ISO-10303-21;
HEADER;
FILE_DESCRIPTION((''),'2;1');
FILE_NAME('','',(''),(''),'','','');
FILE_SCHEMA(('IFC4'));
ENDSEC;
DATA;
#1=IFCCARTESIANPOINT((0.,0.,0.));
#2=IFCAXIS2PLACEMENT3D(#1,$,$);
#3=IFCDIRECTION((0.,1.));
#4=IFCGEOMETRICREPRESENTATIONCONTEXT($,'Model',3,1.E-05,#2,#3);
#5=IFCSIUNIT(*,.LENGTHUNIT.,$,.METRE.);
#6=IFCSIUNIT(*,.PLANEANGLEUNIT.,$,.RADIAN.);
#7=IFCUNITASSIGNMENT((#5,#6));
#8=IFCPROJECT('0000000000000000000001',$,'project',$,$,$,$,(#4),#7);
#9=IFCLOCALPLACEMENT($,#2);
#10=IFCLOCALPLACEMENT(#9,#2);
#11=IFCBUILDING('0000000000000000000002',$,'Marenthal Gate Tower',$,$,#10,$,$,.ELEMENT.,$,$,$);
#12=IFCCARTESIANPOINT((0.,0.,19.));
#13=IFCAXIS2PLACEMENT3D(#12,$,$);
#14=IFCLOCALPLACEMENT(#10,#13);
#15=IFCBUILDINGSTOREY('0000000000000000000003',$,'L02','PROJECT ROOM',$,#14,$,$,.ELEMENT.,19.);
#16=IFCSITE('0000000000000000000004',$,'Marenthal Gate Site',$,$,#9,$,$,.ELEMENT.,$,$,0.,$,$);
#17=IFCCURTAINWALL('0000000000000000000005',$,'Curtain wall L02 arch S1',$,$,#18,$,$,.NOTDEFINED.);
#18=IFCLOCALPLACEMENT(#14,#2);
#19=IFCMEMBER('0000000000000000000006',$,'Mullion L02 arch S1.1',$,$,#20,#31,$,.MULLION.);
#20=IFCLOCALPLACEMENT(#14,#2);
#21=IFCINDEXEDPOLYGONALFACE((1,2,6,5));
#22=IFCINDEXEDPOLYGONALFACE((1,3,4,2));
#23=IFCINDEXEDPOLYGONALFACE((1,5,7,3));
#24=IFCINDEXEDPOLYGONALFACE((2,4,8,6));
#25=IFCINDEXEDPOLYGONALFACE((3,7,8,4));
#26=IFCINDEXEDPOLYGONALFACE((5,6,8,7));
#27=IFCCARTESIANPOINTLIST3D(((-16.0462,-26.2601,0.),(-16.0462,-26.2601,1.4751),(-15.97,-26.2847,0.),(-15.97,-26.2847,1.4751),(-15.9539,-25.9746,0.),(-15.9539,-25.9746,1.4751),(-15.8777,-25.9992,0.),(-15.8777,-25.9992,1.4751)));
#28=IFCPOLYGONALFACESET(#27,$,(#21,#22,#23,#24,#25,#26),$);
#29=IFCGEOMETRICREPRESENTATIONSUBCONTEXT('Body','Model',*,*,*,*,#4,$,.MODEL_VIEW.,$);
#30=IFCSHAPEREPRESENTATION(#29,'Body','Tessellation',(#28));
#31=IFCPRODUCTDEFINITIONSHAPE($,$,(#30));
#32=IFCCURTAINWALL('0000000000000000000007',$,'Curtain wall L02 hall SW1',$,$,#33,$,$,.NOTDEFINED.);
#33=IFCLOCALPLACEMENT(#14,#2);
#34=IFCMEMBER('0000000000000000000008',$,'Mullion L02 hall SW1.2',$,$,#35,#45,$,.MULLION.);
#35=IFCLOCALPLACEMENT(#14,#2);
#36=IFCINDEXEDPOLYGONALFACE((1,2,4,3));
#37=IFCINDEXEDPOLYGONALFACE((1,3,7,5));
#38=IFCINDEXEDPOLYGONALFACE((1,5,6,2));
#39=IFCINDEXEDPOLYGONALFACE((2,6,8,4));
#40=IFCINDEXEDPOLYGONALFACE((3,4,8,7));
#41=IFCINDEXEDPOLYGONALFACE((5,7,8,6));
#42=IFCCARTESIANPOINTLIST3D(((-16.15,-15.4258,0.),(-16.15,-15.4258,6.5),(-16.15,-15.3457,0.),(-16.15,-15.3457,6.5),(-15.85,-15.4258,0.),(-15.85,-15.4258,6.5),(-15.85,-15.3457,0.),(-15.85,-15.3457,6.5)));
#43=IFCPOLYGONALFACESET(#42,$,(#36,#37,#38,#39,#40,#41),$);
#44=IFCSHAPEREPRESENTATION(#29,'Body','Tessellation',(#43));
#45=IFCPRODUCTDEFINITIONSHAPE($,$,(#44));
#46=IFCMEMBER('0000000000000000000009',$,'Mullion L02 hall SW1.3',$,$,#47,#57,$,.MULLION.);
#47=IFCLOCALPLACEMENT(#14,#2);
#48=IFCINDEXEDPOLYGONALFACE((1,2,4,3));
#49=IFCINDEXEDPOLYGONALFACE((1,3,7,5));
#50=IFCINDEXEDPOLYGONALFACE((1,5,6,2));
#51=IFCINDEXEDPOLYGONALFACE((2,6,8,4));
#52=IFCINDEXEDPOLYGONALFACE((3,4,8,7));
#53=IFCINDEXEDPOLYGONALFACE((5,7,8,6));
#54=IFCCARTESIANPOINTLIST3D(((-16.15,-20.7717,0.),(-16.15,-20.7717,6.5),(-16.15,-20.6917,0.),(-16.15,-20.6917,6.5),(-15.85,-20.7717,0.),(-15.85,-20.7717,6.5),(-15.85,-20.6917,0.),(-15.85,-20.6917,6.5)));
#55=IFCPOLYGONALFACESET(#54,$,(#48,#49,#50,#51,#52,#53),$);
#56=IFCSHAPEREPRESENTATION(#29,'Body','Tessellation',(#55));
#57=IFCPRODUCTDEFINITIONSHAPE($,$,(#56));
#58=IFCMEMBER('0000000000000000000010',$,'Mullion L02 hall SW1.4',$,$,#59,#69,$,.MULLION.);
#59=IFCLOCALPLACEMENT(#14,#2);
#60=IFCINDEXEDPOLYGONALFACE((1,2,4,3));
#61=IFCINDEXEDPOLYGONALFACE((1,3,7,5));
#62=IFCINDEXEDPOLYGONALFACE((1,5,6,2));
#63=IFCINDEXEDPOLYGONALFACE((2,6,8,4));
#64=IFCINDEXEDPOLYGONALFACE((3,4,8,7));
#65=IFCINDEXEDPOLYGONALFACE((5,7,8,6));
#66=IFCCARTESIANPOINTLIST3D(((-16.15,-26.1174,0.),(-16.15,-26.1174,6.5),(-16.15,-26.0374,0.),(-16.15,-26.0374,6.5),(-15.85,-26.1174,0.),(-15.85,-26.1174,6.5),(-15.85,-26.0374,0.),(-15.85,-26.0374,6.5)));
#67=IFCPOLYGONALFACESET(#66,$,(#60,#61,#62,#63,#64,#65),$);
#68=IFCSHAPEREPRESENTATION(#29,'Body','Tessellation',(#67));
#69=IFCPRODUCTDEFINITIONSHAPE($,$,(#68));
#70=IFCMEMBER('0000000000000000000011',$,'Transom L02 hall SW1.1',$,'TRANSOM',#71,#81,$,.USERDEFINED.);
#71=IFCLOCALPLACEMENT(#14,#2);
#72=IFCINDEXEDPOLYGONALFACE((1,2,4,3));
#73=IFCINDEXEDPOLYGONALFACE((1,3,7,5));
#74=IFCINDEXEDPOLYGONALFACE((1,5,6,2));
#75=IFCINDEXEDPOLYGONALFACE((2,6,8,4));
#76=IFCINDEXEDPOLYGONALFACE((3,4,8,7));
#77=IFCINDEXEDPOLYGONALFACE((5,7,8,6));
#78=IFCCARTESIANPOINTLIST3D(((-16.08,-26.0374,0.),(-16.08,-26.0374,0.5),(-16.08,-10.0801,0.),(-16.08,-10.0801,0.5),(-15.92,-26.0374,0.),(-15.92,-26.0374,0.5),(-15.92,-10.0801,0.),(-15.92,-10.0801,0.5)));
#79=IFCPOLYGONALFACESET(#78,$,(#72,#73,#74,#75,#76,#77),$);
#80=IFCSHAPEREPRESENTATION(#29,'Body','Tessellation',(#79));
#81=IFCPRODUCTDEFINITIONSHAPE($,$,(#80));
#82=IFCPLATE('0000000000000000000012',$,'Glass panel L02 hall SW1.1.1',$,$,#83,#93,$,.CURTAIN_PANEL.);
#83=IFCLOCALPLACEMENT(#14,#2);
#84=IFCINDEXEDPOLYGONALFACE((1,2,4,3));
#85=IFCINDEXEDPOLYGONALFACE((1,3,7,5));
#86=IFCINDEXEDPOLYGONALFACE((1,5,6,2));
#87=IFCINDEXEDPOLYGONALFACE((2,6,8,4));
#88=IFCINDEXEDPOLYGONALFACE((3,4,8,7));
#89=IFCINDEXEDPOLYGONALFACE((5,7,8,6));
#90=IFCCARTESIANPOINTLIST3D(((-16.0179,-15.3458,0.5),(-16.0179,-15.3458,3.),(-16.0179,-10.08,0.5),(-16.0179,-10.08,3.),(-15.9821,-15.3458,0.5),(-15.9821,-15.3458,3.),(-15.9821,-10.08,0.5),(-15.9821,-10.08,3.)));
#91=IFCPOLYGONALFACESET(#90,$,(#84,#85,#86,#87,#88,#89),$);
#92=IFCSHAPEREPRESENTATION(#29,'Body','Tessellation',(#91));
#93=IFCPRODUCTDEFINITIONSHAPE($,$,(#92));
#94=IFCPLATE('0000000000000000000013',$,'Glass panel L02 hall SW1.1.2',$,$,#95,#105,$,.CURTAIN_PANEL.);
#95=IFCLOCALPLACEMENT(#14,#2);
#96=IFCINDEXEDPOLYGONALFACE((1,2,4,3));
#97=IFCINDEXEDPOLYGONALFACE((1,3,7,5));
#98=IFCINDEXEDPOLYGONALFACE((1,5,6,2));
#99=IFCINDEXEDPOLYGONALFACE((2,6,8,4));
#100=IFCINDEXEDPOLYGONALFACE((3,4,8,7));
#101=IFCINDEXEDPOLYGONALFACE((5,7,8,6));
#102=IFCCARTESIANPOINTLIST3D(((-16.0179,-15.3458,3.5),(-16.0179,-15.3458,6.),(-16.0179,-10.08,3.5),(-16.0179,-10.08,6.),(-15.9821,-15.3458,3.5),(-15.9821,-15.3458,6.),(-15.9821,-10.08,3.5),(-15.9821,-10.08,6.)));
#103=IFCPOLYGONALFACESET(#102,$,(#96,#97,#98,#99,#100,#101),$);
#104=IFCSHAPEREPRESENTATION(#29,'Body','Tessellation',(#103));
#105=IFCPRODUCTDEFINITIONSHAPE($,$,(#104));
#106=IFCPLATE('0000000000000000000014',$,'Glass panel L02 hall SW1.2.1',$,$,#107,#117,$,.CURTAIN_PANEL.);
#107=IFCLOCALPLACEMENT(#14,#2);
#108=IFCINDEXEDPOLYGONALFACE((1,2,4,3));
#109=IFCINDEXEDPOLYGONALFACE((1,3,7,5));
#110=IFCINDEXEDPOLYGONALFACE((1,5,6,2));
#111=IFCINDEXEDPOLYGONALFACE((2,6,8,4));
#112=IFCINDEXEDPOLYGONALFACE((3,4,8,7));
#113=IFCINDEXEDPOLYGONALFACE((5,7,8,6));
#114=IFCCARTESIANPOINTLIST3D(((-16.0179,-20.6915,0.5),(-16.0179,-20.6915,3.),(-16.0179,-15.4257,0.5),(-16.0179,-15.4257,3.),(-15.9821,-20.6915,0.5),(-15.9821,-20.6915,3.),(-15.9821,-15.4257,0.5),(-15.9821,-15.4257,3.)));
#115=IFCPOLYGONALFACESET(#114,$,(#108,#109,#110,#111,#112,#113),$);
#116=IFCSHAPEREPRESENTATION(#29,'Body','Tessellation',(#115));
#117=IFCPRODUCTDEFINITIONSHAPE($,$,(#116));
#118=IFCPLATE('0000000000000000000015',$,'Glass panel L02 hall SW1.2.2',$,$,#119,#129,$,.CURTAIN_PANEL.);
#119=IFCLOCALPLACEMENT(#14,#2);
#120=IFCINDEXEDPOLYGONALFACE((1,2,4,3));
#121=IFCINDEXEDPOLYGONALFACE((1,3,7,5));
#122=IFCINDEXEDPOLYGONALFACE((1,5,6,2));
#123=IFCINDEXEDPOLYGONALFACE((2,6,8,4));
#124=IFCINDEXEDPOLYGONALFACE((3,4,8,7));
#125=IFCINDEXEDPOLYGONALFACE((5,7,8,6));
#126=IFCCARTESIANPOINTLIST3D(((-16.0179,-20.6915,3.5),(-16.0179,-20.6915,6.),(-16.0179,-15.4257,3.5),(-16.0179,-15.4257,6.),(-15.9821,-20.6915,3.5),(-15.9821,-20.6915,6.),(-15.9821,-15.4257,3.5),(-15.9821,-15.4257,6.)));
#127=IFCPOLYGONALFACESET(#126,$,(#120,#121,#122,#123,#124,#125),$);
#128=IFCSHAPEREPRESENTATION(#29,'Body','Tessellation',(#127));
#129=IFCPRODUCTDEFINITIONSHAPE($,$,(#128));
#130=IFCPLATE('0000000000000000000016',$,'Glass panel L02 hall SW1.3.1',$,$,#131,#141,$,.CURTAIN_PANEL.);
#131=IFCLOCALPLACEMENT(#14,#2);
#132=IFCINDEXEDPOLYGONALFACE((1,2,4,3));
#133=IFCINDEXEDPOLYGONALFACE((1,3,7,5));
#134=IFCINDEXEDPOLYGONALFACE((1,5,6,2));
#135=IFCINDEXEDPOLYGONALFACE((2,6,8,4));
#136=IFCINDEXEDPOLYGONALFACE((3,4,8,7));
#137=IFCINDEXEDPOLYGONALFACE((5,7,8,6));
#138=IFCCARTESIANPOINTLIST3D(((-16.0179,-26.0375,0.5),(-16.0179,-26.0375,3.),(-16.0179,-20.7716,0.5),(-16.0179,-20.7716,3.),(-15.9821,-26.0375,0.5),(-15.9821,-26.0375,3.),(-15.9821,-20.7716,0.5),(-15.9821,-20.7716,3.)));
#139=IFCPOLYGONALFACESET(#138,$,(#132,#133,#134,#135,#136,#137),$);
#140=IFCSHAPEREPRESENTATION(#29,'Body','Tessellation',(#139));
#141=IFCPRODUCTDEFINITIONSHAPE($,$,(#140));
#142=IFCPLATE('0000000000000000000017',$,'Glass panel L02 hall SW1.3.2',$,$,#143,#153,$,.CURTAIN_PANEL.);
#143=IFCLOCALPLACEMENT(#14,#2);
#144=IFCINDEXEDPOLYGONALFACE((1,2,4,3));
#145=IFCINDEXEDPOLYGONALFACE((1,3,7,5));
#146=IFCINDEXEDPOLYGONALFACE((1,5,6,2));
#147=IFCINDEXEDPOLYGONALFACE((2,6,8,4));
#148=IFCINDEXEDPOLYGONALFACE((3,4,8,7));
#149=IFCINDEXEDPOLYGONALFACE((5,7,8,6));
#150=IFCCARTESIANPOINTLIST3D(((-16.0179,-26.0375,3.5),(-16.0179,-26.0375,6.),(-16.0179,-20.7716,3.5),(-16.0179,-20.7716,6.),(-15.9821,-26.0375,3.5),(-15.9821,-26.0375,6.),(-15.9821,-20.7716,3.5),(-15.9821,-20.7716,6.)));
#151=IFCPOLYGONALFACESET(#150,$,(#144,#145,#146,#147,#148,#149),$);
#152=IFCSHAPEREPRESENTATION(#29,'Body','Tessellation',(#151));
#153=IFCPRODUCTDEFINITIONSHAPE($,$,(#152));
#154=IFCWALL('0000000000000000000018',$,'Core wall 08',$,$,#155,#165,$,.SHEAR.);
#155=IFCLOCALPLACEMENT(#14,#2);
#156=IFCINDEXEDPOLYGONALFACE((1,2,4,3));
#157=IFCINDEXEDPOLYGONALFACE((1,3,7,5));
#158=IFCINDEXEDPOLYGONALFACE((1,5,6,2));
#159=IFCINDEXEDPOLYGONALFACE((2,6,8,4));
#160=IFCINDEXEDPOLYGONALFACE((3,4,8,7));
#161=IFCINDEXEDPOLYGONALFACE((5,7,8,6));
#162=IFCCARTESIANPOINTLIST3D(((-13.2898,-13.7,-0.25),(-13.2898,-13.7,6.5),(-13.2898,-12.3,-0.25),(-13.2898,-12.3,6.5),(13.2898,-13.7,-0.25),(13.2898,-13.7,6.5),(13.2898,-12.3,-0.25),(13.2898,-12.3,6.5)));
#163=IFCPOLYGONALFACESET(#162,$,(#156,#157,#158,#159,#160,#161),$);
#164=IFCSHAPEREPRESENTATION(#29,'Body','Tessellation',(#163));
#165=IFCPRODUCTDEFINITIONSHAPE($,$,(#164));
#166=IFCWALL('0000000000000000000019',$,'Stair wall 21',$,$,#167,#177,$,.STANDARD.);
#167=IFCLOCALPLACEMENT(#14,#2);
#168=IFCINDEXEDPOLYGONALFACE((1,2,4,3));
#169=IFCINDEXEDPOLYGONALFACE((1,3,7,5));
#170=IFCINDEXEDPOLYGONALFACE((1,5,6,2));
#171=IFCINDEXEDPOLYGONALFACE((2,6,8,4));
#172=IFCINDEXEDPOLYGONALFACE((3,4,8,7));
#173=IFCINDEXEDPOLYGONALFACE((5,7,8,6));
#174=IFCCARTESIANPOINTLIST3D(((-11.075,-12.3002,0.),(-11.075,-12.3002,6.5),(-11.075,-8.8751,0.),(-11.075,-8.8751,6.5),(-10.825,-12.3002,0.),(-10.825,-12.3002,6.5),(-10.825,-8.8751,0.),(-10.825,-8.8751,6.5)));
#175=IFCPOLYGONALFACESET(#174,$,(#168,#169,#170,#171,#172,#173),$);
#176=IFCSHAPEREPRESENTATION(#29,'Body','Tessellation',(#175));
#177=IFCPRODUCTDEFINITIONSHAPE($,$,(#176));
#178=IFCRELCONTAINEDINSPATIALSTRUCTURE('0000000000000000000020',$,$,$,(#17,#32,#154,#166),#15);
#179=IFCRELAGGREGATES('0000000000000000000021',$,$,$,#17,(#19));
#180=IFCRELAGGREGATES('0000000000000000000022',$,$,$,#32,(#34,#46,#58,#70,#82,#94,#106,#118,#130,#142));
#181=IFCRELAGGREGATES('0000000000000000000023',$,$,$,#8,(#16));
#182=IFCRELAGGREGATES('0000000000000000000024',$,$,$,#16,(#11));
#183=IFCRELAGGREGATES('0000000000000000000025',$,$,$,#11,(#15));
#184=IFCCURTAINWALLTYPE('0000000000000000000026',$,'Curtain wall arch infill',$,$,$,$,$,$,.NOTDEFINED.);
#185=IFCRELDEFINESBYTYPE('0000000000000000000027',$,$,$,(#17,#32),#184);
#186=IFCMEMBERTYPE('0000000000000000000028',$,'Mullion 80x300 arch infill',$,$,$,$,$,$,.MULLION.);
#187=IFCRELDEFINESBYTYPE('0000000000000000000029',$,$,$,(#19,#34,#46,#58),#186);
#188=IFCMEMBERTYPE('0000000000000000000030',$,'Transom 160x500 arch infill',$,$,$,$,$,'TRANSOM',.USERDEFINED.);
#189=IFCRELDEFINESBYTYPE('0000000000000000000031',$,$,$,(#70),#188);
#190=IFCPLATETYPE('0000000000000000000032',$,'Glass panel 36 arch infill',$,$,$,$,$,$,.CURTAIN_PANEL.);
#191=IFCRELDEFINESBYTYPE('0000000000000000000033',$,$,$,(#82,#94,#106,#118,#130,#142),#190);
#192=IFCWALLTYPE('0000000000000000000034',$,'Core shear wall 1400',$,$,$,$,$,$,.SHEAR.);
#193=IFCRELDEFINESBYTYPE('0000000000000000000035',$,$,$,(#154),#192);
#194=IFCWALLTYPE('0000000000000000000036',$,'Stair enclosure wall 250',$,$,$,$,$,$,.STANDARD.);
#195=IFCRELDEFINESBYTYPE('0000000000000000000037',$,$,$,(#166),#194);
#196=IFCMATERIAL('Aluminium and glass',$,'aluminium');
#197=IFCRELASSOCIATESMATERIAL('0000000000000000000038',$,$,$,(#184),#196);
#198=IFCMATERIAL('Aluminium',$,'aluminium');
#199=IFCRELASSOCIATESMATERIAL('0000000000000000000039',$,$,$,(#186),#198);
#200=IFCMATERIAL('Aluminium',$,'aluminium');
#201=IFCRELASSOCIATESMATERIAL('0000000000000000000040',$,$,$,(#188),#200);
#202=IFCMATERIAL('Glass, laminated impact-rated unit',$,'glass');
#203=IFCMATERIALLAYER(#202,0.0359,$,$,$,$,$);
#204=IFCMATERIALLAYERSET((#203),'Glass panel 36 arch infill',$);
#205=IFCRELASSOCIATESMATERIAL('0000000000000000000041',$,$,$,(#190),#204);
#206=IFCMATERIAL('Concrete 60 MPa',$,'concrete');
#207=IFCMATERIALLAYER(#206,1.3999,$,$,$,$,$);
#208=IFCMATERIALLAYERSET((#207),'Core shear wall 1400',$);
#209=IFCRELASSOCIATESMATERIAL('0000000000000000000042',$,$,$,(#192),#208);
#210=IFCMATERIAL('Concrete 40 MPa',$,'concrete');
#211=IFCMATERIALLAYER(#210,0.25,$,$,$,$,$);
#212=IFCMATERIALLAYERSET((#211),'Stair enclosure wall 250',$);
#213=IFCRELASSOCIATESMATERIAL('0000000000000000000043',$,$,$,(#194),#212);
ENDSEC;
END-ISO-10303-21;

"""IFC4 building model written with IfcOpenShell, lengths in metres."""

from ifc_helpers import new_model, si_unit, direction, frame, frame_2d, origin, origin_2d, place, context, subcontext, project, spatial, rectangle, extrude, material, layer, layer_set, material_profile, profile_set, type_object, element, aggregate, save


model = new_model("IFC4")

# Units and contexts
model_context = context("Model", 3, precision=1e-05, world=origin(), true_north=direction((0.0, 1.0)))
body_context = subcontext(model_context, "Body", "Model", "MODEL_VIEW")
ifc_project = project(units=[si_unit("LENGTHUNIT", "METRE"), si_unit("PLANEANGLEUNIT", "RADIAN")], contexts=[model_context])

# Site, building, storey
site_placement = place(None, origin())
site = spatial("IfcSite", under=ifc_project, at=site_placement, Name="Marenthal Gate Site", CompositionType="ELEMENT", RefElevation=0.0)
building_placement = place(site_placement, origin())
building = spatial("IfcBuilding", under=site, at=building_placement, Name="Marenthal Gate Tower", CompositionType="ELEMENT")
storey_placement = place(building_placement, frame((0.0, 0.0, 19.0)))
storey = spatial("IfcBuildingStorey", under=building, at=storey_placement, Name="L02", Description="PROJECT ROOM", CompositionType="ELEMENT", Elevation=19.0)

# Curtain wall, member
ifc_material_1 = material(Name="Aluminium and glass", Category="aluminium")
curtain_wall_type = type_object("IfcCurtainWallType", Name="Curtain wall arch infill", PredefinedType="NOTDEFINED", material=ifc_material_1)
curtain_wall_1_placement = place(storey_placement, origin())
curtain_wall_1 = element("IfcCurtainWall", 1, at=curtain_wall_1_placement, inside=storey, type_object=curtain_wall_type, Name="Curtain wall L02 arch S1", PredefinedType="NOTDEFINED")
ifc_material_2 = material(Name="Aluminium", Category="aluminium")
ifc_material_profile_1 = material_profile(ifc_material_2, rectangle(XDim=0.3, YDim=0.0801, at=origin_2d()), Name="80x300 aluminium mullion")
ifc_profile_set_1 = profile_set([ifc_material_profile_1], Name="Aluminium")
member_type_1 = type_object("IfcMemberType", Name="Mullion 80x300 arch infill", PredefinedType="MULLION", material=ifc_profile_set_1)
member_1_placement = place(storey_placement, frame((-15.9619, -26.1296, 0.0), z_axis=(0.0, 0.0, 1.0), x_axis=(0.307641, 0.951502, 0.0)))
member_1 = element("IfcMember", 2, at=member_1_placement, type_object=member_type_1, Name="Mullion L02 arch S1.1", PredefinedType="MULLION", context=body_context, shape_type="SweptSolid", body=[
    extrude(rectangle(XDim=0.3, YDim=0.0801, at=origin_2d()), origin(), (0.0, 0.0, 1.0), 1.4751),
])
aggregate(curtain_wall_1, [member_1])

# Curtain wall, members, plates
curtain_wall_2_placement = place(storey_placement, origin())
curtain_wall_2 = element("IfcCurtainWall", 3, at=curtain_wall_2_placement, inside=storey, type_object=curtain_wall_type, Name="Curtain wall L02 hall SW1", PredefinedType="NOTDEFINED")
member_2_placement = place(storey_placement, frame((-16.0, -15.3857, 0.0), z_axis=(0.0, 0.0, 1.0), x_axis=(1.0, 0.0, 0.0)))
member_2 = element("IfcMember", 4, at=member_2_placement, type_object=member_type_1, Name="Mullion L02 hall SW1.2", PredefinedType="MULLION", context=body_context, shape_type="SweptSolid", body=[
    extrude(rectangle(XDim=0.3, YDim=0.0801, at=origin_2d()), origin(), (0.0, 0.0, 1.0), 6.5),
])
member_3_placement = place(storey_placement, frame((-16.0, -20.7317, 0.0), z_axis=(0.0, 0.0, 1.0), x_axis=(1.0, 0.0, 0.0)))
member_3 = element("IfcMember", 5, at=member_3_placement, type_object=member_type_1, Name="Mullion L02 hall SW1.3", PredefinedType="MULLION", context=body_context, shape_type="SweptSolid", body=[
    extrude(rectangle(XDim=0.3, YDim=0.0801, at=origin_2d()), origin(), (0.0, 0.0, 1.0), 6.5),
])
member_4_placement = place(storey_placement, frame((-16.0, -26.0774, 0.0), z_axis=(0.0, 0.0, 1.0), x_axis=(1.0, 0.0, 0.0)))
member_4 = element("IfcMember", 6, at=member_4_placement, type_object=member_type_1, Name="Mullion L02 hall SW1.4", PredefinedType="MULLION", context=body_context, shape_type="SweptSolid", body=[
    extrude(rectangle(XDim=0.3, YDim=0.0801, at=origin_2d()), origin(), (0.0, 0.0, 1.0), 6.5),
])
ifc_material_3 = material(Name="Aluminium", Category="aluminium")
ifc_material_profile_2 = material_profile(ifc_material_3, rectangle(XDim=0.1599, YDim=0.5, at=origin_2d()), Name="160x500 aluminium transom")
ifc_profile_set_2 = profile_set([ifc_material_profile_2], Name="Aluminium")
member_type_2 = type_object("IfcMemberType", Name="Transom 160x500 arch infill", ElementType="TRANSOM", PredefinedType="USERDEFINED", material=ifc_profile_set_2)
member_5_placement = place(storey_placement, frame((-16.0, -10.0801, 0.25), z_axis=(0.0, -1.0, 0.0), x_axis=(1.0, 0.0, 0.0)))
member_5 = element("IfcMember", 7, at=member_5_placement, type_object=member_type_2, Name="Transom L02 hall SW1.1", ObjectType="TRANSOM", PredefinedType="USERDEFINED", context=body_context, shape_type="SweptSolid", body=[
    extrude(rectangle(XDim=0.1599, YDim=0.5, at=origin_2d()), origin(), (0.0, 0.0, 1.0), 15.9573),
])
ifc_material_4 = material(Name="Glass, laminated impact-rated unit", Category="glass")
ifc_layer_1 = layer(ifc_material_4, 0.0359)
ifc_layer_set_1 = layer_set([ifc_layer_1], Name="Glass panel 36 arch infill")
plate_type = type_object("IfcPlateType", Name="Glass panel 36 arch infill", PredefinedType="CURTAIN_PANEL", material=ifc_layer_set_1)
plate_1_placement = place(storey_placement, frame((-16.0, -12.7129, 0.5), z_axis=(0.0, 0.0, 1.0), x_axis=(0.0, -1.0, 0.0)))
plate_1 = element("IfcPlate", 8, at=plate_1_placement, type_object=plate_type, Name="Glass panel L02 hall SW1.1.1", PredefinedType="CURTAIN_PANEL", context=body_context, shape_type="SweptSolid", body=[
    extrude(rectangle(XDim=5.2659, YDim=0.0359, at=origin_2d()), origin(), (0.0, 0.0, 1.0), 2.5),
])
plate_2_placement = place(storey_placement, frame((-16.0, -12.7129, 3.5), z_axis=(0.0, 0.0, 1.0), x_axis=(0.0, -1.0, 0.0)))
plate_2 = element("IfcPlate", 9, at=plate_2_placement, type_object=plate_type, Name="Glass panel L02 hall SW1.1.2", PredefinedType="CURTAIN_PANEL", context=body_context, shape_type="SweptSolid", body=[
    extrude(rectangle(XDim=5.2659, YDim=0.0359, at=origin_2d()), origin(), (0.0, 0.0, 1.0), 2.5),
])
plate_3_placement = place(storey_placement, frame((-16.0, -18.0586, 0.5), z_axis=(0.0, 0.0, 1.0), x_axis=(0.0, -1.0, 0.0)))
plate_3 = element("IfcPlate", 10, at=plate_3_placement, type_object=plate_type, Name="Glass panel L02 hall SW1.2.1", PredefinedType="CURTAIN_PANEL", context=body_context, shape_type="SweptSolid", body=[
    extrude(rectangle(XDim=5.2659, YDim=0.0359, at=origin_2d()), origin(), (0.0, 0.0, 1.0), 2.5),
])
plate_4_placement = place(storey_placement, frame((-16.0, -18.0586, 3.5), z_axis=(0.0, 0.0, 1.0), x_axis=(0.0, -1.0, 0.0)))
plate_4 = element("IfcPlate", 11, at=plate_4_placement, type_object=plate_type, Name="Glass panel L02 hall SW1.2.2", PredefinedType="CURTAIN_PANEL", context=body_context, shape_type="SweptSolid", body=[
    extrude(rectangle(XDim=5.2659, YDim=0.0359, at=origin_2d()), origin(), (0.0, 0.0, 1.0), 2.5),
])
plate_5_placement = place(storey_placement, frame((-16.0, -23.4045, 0.5), z_axis=(0.0, 0.0, 1.0), x_axis=(0.0, -1.0, 0.0)))
plate_5 = element("IfcPlate", 12, at=plate_5_placement, type_object=plate_type, Name="Glass panel L02 hall SW1.3.1", PredefinedType="CURTAIN_PANEL", context=body_context, shape_type="SweptSolid", body=[
    extrude(rectangle(XDim=5.2659, YDim=0.0359, at=origin_2d()), origin(), (0.0, 0.0, 1.0), 2.5),
])
plate_6_placement = place(storey_placement, frame((-16.0, -23.4045, 3.5), z_axis=(0.0, 0.0, 1.0), x_axis=(0.0, -1.0, 0.0)))
plate_6 = element("IfcPlate", 13, at=plate_6_placement, type_object=plate_type, Name="Glass panel L02 hall SW1.3.2", PredefinedType="CURTAIN_PANEL", context=body_context, shape_type="SweptSolid", body=[
    extrude(rectangle(XDim=5.2659, YDim=0.0359, at=origin_2d()), origin(), (0.0, 0.0, 1.0), 2.5),
])
aggregate(curtain_wall_2, [member_2, member_3, member_4, member_5, plate_1, plate_2, plate_3, plate_4, plate_5, plate_6])

# Walls
ifc_material_5 = material(Name="Concrete 60 MPa", Category="concrete")
ifc_layer_2 = layer(ifc_material_5, 1.3999)
ifc_layer_set_2 = layer_set([ifc_layer_2], Name="Core shear wall 1400")
wall_type_1 = type_object("IfcWallType", Name="Core shear wall 1400", PredefinedType="SHEAR", material=ifc_layer_set_2)
wall_1_placement = place(storey_placement, frame((-13.2898, -13.0, -0.25), z_axis=(0.0, 0.0, 1.0), x_axis=(1.0, 0.0, 0.0)))
element("IfcWall", 14, at=wall_1_placement, inside=storey, type_object=wall_type_1, Name="Core wall 08", PredefinedType="SHEAR", context=body_context, shape_type="SweptSolid", body=[
    extrude(rectangle(XDim=26.5796, YDim=1.3999, at=frame_2d((13.2898, 0.0))), origin(), (0.0, 0.0, 1.0), 6.75),
])
ifc_material_6 = material(Name="Concrete 40 MPa", Category="concrete")
ifc_layer_3 = layer(ifc_material_6, 0.25)
ifc_layer_set_3 = layer_set([ifc_layer_3], Name="Stair enclosure wall 250")
wall_type_2 = type_object("IfcWallType", Name="Stair enclosure wall 250", PredefinedType="STANDARD", material=ifc_layer_set_3)
wall_2_placement = place(storey_placement, frame((-10.95, -12.3, 0.0), z_axis=(0.0, 0.0, 1.0), x_axis=(0.0, 1.0, 0.0)))
element("IfcWall", 15, at=wall_2_placement, inside=storey, type_object=wall_type_2, Name="Stair wall 21", PredefinedType="STANDARD", context=body_context, shape_type="SweptSolid", body=[
    extrude(rectangle(XDim=3.425, YDim=0.25, at=frame_2d((1.7124, 0.0))), origin(), (0.0, 0.0, 1.0), 6.5),
])

save(model, "model.ifc")
